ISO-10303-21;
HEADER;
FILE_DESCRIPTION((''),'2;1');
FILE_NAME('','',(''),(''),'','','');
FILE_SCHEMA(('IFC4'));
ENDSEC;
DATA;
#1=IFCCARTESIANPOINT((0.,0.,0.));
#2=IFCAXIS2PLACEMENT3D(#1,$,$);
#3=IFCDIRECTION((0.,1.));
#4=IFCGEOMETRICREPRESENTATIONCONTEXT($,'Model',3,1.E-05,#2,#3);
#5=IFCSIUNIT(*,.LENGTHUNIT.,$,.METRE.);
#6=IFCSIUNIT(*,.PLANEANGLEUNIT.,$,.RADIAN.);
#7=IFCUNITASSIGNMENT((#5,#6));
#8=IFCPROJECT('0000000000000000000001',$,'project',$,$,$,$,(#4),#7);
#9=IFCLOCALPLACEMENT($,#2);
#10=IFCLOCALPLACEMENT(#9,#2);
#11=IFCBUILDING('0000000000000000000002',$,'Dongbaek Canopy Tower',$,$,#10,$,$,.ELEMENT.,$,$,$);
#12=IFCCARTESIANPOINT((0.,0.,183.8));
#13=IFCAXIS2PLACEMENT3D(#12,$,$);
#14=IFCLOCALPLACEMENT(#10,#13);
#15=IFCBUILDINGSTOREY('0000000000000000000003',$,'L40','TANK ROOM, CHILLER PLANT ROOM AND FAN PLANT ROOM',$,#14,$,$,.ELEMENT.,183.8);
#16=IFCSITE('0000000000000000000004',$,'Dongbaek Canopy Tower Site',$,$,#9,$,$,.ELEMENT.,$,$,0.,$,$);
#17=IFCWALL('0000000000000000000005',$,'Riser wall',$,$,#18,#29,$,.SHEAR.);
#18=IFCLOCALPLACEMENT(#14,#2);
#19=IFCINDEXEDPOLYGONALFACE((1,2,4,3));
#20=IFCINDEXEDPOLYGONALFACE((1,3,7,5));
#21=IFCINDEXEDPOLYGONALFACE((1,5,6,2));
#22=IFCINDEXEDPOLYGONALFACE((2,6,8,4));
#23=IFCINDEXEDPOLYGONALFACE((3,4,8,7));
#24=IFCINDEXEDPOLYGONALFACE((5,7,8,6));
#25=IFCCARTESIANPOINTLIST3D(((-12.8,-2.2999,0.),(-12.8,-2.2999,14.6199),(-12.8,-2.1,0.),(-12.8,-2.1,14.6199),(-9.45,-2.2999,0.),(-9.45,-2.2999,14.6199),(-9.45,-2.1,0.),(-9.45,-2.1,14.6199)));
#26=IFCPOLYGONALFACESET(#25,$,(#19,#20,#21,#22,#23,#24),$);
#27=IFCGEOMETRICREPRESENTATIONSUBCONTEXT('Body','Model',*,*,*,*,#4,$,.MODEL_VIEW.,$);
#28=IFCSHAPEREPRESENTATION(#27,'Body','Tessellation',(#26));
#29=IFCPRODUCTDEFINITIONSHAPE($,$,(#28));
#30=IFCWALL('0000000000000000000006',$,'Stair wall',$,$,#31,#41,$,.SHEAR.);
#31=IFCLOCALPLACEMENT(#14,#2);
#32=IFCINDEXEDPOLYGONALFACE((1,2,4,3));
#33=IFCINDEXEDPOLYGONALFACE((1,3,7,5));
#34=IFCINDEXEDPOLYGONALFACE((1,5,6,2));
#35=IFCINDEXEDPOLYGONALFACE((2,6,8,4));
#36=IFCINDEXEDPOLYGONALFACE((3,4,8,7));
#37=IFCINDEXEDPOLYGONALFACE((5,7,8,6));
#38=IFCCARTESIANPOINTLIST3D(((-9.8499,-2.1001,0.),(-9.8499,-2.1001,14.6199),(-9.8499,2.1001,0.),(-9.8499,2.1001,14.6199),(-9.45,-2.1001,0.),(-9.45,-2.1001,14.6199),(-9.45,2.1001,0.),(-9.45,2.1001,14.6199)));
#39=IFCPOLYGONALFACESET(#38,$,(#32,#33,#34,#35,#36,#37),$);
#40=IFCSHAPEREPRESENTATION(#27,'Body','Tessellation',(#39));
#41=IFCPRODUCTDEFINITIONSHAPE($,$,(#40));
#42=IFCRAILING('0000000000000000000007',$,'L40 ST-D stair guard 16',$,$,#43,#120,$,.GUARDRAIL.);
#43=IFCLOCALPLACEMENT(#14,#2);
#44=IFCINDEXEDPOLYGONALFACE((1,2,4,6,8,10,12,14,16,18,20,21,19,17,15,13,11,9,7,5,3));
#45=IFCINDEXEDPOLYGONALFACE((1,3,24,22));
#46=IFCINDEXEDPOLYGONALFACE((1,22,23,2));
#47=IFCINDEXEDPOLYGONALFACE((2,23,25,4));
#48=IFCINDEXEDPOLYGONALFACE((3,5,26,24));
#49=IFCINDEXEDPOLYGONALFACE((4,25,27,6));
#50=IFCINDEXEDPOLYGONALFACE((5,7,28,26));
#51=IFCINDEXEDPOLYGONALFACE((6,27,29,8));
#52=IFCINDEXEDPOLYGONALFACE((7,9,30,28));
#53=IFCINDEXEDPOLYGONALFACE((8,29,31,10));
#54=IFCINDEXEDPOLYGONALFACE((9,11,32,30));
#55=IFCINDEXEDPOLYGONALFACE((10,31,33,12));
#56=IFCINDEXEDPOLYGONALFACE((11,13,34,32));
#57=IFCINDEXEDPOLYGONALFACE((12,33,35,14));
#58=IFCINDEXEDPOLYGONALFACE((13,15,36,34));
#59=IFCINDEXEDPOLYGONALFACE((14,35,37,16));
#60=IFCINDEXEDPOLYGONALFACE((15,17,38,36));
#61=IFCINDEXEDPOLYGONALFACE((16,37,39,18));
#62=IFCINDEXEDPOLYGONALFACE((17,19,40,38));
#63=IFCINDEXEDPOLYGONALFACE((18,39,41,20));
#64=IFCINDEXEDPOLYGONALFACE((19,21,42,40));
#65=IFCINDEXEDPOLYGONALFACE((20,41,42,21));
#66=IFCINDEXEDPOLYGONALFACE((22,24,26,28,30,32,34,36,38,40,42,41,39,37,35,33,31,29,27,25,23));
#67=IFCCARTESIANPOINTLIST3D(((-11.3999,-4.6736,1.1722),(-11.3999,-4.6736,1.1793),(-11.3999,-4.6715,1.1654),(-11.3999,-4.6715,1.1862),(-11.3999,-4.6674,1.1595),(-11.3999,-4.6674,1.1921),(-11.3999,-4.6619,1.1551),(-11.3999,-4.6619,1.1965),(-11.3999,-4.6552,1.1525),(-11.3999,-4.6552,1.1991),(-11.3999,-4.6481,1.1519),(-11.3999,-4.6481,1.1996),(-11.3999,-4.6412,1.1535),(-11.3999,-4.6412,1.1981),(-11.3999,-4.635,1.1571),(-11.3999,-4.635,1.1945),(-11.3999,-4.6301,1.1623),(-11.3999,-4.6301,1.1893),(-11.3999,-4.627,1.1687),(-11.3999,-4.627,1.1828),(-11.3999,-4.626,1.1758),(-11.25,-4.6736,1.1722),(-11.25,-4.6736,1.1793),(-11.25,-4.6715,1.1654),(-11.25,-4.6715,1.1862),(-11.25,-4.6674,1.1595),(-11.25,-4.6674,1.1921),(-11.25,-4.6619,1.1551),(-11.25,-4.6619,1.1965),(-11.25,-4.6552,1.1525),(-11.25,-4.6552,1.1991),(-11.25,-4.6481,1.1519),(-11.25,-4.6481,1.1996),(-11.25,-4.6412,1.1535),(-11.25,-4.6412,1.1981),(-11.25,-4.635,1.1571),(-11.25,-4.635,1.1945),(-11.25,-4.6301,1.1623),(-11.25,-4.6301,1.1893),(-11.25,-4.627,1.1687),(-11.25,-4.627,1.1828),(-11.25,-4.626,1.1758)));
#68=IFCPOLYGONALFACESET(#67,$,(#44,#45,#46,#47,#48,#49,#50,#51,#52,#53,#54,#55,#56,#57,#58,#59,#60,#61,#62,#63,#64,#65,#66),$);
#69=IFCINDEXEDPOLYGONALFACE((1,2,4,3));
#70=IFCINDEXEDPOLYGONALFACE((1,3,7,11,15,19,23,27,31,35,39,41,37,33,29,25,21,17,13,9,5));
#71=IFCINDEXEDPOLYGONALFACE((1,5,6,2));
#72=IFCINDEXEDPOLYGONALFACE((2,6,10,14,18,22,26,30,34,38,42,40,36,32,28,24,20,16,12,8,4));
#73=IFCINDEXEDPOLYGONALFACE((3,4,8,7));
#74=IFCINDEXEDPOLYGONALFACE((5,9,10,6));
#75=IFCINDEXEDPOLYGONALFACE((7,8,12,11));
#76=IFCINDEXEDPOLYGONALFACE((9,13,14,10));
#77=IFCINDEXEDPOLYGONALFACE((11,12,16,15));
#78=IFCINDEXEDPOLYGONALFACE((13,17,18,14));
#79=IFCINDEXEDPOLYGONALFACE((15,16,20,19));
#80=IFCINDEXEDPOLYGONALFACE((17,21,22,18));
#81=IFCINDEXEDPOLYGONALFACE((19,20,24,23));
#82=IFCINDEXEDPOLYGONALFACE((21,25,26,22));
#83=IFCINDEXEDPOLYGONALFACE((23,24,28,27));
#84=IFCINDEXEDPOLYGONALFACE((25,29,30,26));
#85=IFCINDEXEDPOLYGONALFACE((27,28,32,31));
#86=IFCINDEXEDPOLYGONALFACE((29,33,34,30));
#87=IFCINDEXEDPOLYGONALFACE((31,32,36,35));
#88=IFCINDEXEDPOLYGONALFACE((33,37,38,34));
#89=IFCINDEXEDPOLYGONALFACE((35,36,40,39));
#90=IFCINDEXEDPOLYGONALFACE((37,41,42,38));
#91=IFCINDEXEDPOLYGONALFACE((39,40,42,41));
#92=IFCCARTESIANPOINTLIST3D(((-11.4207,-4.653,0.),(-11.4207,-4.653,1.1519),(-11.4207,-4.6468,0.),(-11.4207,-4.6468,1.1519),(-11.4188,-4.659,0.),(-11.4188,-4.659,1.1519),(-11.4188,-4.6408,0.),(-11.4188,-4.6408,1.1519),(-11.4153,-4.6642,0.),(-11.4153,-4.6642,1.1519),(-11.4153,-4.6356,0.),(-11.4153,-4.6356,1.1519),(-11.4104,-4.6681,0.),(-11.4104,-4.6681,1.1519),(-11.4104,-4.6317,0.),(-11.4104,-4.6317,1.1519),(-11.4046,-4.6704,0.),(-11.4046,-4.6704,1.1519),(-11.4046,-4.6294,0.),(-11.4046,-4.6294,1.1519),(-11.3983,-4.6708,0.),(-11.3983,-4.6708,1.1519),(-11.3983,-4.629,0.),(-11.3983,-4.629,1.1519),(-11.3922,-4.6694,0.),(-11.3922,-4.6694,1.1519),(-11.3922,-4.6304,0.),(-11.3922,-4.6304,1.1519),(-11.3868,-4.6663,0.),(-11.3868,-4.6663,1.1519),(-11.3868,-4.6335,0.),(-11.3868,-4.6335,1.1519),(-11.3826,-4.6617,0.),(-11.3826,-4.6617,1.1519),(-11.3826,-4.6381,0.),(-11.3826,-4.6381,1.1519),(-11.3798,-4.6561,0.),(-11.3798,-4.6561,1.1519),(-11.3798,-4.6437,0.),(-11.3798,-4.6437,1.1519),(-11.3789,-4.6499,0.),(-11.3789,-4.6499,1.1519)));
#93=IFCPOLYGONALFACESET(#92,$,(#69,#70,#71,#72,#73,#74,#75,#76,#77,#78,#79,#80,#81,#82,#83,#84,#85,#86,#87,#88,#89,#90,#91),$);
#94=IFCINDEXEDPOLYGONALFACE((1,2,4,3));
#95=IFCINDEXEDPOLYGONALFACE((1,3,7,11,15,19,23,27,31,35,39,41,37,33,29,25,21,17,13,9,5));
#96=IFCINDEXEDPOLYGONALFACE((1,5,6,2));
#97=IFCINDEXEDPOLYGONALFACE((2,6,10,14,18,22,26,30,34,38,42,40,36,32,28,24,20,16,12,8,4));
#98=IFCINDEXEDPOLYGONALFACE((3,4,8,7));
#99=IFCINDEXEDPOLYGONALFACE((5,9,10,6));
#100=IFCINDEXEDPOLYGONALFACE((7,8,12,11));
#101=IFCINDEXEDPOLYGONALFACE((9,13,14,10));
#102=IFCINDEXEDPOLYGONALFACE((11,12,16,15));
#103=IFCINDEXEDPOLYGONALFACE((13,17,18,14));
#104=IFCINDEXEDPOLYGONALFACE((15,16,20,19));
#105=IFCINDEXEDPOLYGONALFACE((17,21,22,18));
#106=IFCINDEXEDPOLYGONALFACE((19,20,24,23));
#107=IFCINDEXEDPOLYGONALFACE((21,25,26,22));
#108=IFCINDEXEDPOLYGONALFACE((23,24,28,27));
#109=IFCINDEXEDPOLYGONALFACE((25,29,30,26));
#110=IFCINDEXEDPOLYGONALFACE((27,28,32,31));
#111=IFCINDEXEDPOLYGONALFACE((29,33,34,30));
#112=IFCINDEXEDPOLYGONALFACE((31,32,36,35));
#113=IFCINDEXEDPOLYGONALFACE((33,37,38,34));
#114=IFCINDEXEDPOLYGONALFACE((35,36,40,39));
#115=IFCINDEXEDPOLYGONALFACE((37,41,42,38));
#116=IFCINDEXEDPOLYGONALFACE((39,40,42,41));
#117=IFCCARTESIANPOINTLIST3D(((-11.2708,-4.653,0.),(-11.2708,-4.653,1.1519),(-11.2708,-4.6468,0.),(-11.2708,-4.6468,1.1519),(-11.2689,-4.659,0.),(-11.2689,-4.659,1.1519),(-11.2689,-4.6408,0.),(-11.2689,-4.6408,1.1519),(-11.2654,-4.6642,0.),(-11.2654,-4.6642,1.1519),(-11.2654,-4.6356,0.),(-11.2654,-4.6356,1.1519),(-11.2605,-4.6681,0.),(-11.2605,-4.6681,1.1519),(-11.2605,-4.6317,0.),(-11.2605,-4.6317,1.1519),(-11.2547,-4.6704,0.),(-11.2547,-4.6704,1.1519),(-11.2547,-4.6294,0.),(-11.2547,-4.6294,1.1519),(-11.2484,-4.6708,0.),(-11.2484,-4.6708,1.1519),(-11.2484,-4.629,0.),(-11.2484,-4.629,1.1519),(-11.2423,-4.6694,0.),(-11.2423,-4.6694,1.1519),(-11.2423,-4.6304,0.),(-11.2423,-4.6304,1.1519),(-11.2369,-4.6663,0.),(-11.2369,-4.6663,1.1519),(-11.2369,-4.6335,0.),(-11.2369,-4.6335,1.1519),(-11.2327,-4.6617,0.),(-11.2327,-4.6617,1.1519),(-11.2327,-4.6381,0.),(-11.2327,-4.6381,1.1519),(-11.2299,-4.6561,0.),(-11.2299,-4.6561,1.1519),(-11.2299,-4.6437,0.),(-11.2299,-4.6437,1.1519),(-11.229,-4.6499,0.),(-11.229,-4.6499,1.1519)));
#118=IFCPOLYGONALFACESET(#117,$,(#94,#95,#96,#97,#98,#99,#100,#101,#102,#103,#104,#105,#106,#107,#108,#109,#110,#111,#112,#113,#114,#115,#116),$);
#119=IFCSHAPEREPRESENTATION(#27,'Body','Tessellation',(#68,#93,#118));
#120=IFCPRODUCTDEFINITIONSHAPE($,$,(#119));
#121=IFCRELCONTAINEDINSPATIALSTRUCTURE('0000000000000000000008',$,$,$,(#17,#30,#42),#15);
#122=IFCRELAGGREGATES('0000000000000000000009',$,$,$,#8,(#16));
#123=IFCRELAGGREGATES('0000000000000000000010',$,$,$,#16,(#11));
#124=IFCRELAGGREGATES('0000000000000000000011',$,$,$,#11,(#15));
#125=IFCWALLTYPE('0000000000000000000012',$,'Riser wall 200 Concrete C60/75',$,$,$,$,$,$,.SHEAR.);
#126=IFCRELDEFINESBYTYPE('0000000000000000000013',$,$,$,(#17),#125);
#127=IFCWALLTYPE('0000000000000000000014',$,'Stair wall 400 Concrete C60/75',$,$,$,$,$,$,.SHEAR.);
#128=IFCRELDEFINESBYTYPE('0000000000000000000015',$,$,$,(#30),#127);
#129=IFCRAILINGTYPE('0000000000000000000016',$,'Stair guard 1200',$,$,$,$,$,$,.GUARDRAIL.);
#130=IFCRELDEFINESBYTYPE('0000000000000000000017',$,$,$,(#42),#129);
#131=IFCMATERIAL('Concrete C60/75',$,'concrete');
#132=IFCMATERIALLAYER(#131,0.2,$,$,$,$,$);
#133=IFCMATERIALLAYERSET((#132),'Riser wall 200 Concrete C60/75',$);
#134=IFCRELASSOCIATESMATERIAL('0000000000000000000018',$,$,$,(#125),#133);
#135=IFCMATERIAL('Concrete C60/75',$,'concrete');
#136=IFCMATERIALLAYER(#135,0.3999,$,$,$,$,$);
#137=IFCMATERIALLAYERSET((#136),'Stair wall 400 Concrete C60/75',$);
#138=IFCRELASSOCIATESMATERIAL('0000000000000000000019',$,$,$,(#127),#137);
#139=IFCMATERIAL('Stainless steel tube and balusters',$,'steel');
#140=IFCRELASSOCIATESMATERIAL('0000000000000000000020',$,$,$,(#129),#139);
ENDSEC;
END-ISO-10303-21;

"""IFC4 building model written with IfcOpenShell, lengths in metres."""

from ifc_helpers import new_model, si_unit, direction, frame, frame_2d, origin, origin_2d, place, context, subcontext, project, spatial, rectangle, circle, extrude, material, layer, layer_set, type_object, element, save


model = new_model("IFC4")

# Units and contexts
model_context = context("Model", 3, precision=1e-05, world=origin(), true_north=direction((0.0, 1.0)))
body_context = subcontext(model_context, "Body", "Model", "MODEL_VIEW")
ifc_project = project(units=[si_unit("LENGTHUNIT", "METRE"), si_unit("PLANEANGLEUNIT", "RADIAN")], contexts=[model_context])

# Site, building, storey
site_placement = place(None, origin())
site = spatial("IfcSite", under=ifc_project, at=site_placement, Name="Dongbaek Canopy Tower Site", CompositionType="ELEMENT", RefElevation=0.0)
building_placement = place(site_placement, origin())
building = spatial("IfcBuilding", under=site, at=building_placement, Name="Dongbaek Canopy Tower", CompositionType="ELEMENT")
storey_placement = place(building_placement, frame((0.0, 0.0, 183.8)))
storey = spatial("IfcBuildingStorey", under=building, at=storey_placement, Name="L40", Description="TANK ROOM, CHILLER PLANT ROOM AND FAN PLANT ROOM", CompositionType="ELEMENT", Elevation=183.8)

# Walls
ifc_material_1 = material(Name="Concrete C60/75", Category="concrete")
ifc_layer_1 = layer(ifc_material_1, 0.2)
ifc_layer_set_1 = layer_set([ifc_layer_1], Name="Riser wall 200 Concrete C60/75")
wall_type_1 = type_object("IfcWallType", Name="Riser wall 200 Concrete C60/75", PredefinedType="SHEAR", material=ifc_layer_set_1)
wall_1_placement = place(storey_placement, frame((-9.45, -2.2, 0.0), z_axis=(0.0, 0.0, 1.0), x_axis=(-1.0, 0.0, 0.0)))
element("IfcWall", 1, at=wall_1_placement, inside=storey, type_object=wall_type_1, Name="Riser wall", PredefinedType="SHEAR", context=body_context, shape_type="SweptSolid", body=[
    extrude(rectangle(XDim=3.3501, YDim=0.2, at=frame_2d((1.675, 0.0))), origin(), (0.0, 0.0, 1.0), 14.6199),
])
ifc_material_2 = material(Name="Concrete C60/75", Category="concrete")
ifc_layer_2 = layer(ifc_material_2, 0.3999)
ifc_layer_set_2 = layer_set([ifc_layer_2], Name="Stair wall 400 Concrete C60/75")
wall_type_2 = type_object("IfcWallType", Name="Stair wall 400 Concrete C60/75", PredefinedType="SHEAR", material=ifc_layer_set_2)
wall_2_placement = place(storey_placement, frame((-9.6499, -2.1001, 0.0), z_axis=(0.0, 0.0, 1.0), x_axis=(0.0, 1.0, 0.0)))
element("IfcWall", 2, at=wall_2_placement, inside=storey, type_object=wall_type_2, Name="Stair wall", PredefinedType="SHEAR", context=body_context, shape_type="SweptSolid", body=[
    extrude(rectangle(XDim=4.2002, YDim=0.3999, at=frame_2d((2.1001, 0.0))), origin(), (0.0, 0.0, 1.0), 14.6199),
])

# Railing
ifc_material_3 = material(Name="Stainless steel tube and balusters", Category="steel")
railing_type_1 = type_object("IfcRailingType", Name="Stair guard 1200", PredefinedType="GUARDRAIL", material=ifc_material_3)
railing_1_placement = place(storey_placement, frame((-11.3999, -4.6499, 0.0)))
element("IfcRailing", 3, at=railing_1_placement, inside=storey, type_object=railing_type_1, Name="L40 ST-D stair guard 16", PredefinedType="GUARDRAIL", context=body_context, shape_type="SweptSolid", body=[
    extrude(circle(Radius=0.0239, at=origin_2d()), frame((0.0, 0.0, 1.1758), z_axis=(1.0, 0.0, 0.0), x_axis=(0.0, 1.0, 0.0)), (0.0, 0.0, 1.0), 0.1499),
    extrude(circle(Radius=0.021, at=origin_2d()), origin(), (0.0, 0.0, 1.0), 1.1519),
    extrude(circle(Radius=0.021, at=origin_2d()), frame((0.1499, 0.0, 0.0)), (0.0, 0.0, 1.0), 1.1519),
])

save(model, "model.ifc")
